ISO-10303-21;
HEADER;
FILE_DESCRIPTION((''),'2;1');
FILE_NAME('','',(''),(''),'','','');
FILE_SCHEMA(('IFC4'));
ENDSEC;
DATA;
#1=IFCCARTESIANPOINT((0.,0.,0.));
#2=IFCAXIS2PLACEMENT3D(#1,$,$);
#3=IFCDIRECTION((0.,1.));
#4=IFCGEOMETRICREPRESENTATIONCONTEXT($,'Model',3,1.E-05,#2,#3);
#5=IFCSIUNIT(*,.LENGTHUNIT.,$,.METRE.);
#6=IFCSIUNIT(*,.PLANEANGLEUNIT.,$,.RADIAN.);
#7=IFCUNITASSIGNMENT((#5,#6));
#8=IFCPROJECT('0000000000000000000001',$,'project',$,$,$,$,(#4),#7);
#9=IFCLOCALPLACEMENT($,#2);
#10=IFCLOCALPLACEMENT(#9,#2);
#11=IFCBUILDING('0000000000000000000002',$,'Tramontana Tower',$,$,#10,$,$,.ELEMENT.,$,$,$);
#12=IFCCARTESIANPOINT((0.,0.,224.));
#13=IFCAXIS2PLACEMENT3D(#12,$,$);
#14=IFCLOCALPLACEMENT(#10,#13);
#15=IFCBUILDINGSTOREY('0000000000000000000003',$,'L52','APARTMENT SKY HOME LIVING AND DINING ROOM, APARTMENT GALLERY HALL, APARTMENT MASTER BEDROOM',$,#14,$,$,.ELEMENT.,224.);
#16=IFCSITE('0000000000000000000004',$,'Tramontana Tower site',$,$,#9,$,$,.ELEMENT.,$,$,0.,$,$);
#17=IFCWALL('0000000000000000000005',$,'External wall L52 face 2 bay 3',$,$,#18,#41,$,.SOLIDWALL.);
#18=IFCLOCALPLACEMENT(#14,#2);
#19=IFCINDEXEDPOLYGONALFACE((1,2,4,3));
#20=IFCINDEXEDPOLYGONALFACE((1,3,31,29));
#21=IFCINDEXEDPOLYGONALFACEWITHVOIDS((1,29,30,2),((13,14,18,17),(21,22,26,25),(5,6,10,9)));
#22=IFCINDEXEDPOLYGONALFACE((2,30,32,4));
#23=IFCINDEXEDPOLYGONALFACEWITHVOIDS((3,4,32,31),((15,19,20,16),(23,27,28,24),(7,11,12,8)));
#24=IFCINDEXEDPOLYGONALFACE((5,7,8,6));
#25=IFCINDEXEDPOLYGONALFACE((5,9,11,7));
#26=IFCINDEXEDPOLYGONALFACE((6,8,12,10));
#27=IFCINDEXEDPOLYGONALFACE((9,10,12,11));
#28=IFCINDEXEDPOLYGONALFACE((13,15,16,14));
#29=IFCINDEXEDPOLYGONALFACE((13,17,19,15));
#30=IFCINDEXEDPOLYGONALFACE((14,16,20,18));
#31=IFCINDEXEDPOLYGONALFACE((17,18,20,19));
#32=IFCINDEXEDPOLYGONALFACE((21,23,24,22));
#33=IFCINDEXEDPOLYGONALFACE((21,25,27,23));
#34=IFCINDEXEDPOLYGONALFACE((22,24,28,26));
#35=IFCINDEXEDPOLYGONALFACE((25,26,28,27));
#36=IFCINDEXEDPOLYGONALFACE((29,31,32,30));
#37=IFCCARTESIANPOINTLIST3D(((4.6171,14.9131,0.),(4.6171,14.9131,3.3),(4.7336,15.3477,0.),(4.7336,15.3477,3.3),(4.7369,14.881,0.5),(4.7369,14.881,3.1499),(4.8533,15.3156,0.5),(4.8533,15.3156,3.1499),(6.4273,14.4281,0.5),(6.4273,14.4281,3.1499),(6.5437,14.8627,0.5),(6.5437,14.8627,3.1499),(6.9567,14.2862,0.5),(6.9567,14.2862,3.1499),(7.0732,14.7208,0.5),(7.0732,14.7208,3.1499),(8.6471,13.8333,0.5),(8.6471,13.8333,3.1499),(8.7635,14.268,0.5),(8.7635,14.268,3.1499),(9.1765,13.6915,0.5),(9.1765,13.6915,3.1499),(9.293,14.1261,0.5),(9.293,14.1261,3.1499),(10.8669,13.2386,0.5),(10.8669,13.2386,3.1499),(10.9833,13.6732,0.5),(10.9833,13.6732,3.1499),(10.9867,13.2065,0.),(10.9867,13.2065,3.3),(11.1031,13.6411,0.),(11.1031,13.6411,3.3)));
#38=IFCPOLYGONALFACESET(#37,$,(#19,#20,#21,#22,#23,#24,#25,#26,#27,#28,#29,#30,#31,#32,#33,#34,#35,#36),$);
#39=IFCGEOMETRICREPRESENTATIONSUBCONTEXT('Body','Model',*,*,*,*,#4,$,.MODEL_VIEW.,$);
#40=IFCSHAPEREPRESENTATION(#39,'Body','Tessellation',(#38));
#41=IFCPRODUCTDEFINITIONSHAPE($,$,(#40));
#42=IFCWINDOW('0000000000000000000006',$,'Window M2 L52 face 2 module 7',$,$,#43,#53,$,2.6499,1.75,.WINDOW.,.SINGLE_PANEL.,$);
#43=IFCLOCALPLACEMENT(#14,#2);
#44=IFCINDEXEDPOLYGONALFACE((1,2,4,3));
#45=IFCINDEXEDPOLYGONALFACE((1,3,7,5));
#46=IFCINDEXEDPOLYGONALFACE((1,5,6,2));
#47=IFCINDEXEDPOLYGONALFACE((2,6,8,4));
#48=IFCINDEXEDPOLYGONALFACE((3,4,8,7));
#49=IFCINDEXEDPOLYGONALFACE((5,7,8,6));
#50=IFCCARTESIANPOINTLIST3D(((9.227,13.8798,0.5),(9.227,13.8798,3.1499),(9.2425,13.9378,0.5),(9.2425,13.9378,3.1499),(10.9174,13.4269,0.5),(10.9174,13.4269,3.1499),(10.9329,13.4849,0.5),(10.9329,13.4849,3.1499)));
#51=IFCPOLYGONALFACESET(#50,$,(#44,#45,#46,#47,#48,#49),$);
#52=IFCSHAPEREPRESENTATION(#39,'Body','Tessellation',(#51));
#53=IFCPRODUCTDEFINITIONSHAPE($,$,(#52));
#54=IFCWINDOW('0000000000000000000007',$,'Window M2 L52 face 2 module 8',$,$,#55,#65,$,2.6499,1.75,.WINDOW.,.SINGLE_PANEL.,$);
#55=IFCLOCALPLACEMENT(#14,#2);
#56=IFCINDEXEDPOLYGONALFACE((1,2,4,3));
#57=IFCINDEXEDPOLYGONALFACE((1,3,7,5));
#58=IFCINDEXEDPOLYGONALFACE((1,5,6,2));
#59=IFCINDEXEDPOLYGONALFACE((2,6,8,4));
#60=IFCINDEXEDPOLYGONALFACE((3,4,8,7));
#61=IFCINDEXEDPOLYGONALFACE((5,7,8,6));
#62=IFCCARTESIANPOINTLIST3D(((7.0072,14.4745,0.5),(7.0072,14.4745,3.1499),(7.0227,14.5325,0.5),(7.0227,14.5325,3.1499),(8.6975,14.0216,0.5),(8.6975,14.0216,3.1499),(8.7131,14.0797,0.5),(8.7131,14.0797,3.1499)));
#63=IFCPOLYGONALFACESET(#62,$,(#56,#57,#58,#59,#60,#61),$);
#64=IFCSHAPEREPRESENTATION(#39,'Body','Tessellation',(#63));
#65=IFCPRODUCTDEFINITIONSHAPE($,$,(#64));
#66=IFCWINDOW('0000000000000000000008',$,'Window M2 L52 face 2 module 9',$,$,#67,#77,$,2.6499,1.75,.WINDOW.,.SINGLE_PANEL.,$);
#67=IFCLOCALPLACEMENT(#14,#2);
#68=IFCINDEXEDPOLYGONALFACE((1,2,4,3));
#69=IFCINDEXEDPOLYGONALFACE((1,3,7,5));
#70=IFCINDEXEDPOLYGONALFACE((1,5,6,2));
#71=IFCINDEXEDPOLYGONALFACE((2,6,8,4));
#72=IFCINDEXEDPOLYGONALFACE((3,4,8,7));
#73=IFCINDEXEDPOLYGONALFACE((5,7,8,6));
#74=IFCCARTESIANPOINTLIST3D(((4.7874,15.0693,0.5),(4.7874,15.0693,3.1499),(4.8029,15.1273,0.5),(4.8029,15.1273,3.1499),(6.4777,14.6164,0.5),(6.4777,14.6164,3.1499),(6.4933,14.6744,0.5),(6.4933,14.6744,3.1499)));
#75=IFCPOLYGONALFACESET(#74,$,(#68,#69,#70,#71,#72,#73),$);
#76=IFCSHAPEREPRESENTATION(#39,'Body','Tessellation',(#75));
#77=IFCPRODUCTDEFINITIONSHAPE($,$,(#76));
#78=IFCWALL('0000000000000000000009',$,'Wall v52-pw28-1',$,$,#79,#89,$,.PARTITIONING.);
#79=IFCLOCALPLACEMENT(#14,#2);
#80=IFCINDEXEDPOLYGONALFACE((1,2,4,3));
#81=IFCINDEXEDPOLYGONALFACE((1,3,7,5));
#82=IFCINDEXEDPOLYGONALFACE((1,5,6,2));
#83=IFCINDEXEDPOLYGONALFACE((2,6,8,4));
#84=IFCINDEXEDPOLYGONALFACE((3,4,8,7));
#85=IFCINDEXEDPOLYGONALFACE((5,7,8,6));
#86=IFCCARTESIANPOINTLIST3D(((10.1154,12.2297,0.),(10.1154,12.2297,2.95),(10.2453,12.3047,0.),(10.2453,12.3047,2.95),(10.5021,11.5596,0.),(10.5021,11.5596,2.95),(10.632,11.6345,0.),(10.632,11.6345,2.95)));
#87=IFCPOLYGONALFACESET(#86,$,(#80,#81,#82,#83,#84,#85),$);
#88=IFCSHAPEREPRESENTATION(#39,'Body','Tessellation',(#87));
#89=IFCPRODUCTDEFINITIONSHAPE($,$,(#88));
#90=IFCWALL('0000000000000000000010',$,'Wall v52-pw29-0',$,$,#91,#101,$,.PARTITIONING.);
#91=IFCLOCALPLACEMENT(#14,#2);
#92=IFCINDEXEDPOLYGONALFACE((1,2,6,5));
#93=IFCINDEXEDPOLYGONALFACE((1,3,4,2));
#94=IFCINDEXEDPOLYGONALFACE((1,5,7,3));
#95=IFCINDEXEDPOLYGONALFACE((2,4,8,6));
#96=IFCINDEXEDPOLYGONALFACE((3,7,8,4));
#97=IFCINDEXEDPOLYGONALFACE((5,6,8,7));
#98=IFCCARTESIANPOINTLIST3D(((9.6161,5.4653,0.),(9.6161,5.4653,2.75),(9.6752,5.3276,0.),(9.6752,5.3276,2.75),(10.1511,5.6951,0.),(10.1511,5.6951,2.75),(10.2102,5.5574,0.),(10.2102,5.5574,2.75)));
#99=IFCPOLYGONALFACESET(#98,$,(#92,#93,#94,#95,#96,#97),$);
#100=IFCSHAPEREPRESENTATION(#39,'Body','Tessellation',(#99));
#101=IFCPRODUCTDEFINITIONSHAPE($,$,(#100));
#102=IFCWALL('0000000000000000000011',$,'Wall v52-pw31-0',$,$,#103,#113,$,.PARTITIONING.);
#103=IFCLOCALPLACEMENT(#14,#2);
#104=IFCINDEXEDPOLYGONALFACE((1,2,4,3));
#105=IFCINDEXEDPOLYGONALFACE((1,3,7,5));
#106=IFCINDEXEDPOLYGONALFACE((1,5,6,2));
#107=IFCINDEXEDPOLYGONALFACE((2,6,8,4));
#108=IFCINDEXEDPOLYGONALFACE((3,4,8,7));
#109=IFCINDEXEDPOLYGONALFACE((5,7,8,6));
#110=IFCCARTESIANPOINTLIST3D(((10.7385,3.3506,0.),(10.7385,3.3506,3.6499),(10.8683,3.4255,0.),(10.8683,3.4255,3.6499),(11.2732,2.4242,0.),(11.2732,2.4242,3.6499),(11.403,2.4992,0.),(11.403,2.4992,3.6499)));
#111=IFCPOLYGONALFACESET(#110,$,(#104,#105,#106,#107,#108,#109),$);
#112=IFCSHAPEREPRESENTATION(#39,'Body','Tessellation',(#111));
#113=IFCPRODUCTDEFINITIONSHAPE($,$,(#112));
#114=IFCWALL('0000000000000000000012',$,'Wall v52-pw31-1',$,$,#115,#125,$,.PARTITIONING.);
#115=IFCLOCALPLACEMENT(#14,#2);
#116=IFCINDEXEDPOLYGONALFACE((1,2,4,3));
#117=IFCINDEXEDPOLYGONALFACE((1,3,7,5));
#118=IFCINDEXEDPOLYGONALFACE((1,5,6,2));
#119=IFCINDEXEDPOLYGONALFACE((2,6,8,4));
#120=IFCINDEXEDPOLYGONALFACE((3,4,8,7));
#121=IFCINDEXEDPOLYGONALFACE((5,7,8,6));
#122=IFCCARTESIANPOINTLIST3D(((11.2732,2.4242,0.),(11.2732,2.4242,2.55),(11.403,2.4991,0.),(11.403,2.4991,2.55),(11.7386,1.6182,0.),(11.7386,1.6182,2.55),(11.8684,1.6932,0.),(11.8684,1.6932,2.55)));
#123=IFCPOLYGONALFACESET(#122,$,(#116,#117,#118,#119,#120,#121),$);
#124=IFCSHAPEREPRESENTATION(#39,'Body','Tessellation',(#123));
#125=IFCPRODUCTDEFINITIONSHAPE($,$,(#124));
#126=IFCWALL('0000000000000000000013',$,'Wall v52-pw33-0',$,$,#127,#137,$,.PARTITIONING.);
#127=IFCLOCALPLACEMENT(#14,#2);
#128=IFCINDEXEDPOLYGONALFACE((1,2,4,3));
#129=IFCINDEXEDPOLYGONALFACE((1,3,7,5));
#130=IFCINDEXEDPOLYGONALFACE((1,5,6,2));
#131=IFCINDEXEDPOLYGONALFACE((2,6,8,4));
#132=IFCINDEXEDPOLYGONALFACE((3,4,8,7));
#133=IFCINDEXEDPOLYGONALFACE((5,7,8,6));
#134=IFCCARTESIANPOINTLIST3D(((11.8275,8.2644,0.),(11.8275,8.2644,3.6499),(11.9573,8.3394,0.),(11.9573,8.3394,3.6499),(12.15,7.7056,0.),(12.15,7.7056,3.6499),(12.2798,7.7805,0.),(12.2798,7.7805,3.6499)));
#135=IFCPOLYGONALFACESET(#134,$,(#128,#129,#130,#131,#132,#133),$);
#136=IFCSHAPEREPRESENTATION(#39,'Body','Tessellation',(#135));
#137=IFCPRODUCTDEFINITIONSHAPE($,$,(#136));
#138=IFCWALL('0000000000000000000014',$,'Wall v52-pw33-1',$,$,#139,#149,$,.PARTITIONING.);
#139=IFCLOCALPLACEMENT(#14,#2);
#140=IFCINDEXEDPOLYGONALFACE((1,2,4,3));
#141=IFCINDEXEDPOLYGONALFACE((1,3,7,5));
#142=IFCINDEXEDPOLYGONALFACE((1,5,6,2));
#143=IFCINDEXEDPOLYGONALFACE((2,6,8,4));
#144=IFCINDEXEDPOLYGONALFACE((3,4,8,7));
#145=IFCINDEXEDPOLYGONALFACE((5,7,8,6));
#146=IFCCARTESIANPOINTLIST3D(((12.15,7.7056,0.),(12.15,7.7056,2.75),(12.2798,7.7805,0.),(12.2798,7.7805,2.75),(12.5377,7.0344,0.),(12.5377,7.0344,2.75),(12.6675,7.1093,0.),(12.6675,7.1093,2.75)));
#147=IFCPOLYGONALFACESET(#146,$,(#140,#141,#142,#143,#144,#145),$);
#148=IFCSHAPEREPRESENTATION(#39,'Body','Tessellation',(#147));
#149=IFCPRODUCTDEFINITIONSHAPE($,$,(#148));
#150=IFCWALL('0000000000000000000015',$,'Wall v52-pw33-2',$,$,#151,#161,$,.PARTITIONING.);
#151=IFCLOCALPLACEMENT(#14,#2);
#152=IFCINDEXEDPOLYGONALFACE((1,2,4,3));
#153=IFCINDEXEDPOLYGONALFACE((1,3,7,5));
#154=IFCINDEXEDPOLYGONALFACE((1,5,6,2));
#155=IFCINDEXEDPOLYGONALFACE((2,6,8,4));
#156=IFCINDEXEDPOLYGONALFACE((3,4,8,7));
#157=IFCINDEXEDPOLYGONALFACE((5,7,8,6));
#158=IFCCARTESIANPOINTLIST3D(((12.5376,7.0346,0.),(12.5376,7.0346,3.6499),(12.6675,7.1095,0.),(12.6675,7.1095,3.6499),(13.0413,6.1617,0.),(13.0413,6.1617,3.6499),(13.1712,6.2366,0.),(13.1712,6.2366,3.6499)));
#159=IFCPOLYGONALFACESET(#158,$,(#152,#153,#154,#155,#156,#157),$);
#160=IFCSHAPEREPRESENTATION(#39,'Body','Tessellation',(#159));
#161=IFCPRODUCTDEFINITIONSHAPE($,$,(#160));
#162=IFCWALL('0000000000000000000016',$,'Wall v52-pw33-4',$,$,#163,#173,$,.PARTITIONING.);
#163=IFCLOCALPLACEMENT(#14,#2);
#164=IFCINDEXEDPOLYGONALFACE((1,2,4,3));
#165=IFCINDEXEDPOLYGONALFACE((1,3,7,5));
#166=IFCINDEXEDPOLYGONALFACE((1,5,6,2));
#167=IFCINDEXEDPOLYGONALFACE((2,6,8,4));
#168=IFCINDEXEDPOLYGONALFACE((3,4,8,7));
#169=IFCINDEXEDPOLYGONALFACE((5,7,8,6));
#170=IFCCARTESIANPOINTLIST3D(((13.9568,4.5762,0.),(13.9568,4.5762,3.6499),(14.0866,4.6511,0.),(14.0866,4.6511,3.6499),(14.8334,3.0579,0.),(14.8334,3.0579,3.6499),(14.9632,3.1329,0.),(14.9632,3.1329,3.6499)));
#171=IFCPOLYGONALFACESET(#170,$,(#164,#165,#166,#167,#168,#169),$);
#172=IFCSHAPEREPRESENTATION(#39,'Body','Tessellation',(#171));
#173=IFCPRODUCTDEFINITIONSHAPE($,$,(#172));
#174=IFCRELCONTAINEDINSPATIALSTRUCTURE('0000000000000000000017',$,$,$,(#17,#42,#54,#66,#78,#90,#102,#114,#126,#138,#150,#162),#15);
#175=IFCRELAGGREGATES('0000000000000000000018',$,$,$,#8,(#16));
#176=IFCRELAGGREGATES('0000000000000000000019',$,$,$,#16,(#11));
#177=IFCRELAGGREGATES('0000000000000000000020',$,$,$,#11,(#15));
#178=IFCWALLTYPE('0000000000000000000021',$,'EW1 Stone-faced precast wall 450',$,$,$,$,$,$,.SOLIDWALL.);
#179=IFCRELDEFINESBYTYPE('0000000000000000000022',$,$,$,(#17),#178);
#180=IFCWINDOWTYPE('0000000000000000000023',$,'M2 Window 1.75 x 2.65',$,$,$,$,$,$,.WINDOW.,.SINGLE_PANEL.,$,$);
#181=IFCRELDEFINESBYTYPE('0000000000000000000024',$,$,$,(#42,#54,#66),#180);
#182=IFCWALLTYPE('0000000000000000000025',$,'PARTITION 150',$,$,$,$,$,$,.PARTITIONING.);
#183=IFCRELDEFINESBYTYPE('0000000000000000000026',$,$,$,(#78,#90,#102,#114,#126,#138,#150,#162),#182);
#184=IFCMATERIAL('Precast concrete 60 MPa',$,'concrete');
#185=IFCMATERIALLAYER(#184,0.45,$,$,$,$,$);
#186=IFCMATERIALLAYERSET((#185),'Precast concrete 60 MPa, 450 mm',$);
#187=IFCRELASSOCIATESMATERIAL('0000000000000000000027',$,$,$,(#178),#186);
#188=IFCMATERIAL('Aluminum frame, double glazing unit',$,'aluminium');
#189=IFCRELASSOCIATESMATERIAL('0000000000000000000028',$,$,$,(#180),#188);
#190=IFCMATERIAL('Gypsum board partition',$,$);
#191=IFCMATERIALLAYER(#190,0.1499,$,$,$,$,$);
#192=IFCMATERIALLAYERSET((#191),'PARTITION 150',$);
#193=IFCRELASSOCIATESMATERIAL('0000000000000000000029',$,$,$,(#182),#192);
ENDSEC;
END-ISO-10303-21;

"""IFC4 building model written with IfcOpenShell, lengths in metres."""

from ifc_helpers import new_model, si_unit, direction, frame, frame_2d, origin, place, context, subcontext, project, spatial, rectangle, extrude, material, layer, layer_set, type_object, element, fill, save


model = new_model("IFC4")

# Units and contexts
model_context = context("Model", 3, precision=1e-05, world=origin(), true_north=direction((0.0, 1.0)))
body_context = subcontext(model_context, "Body", "Model", "MODEL_VIEW")
ifc_project = project(units=[si_unit("LENGTHUNIT", "METRE"), si_unit("PLANEANGLEUNIT", "RADIAN")], contexts=[model_context])

# Site, building, storey
site_placement = place(None, origin())
site = spatial("IfcSite", under=ifc_project, at=site_placement, Name="Tramontana Tower site", CompositionType="ELEMENT", RefElevation=0.0)
building_placement = place(site_placement, origin())
building = spatial("IfcBuilding", under=site, at=building_placement, Name="Tramontana Tower", CompositionType="ELEMENT")
storey_placement = place(building_placement, frame((0.0, 0.0, 224.0)))
storey = spatial("IfcBuildingStorey", under=building, at=storey_placement, Name="L52", Description="APARTMENT SKY HOME LIVING AND DINING ROOM, APARTMENT GALLERY HALL, APARTMENT MASTER BEDROOM", CompositionType="ELEMENT", Elevation=224.0)

# Wall, openings, windows
ifc_material_1 = material(Name="Precast concrete 60 MPa", Category="concrete")
ifc_layer_1 = layer(ifc_material_1, 0.45)
ifc_layer_set_1 = layer_set([ifc_layer_1], Name="Precast concrete 60 MPa, 450 mm")
wall_type_1 = type_object("IfcWallType", Name="EW1 Stone-faced precast wall 450", PredefinedType="SOLIDWALL", material=ifc_layer_set_1)
ifc_material_2 = material(Name="Aluminum frame, double glazing unit", Category="aluminium")
window_type_1 = type_object("IfcWindowType", Name="M2 Window 1.75 x 2.65", PartitioningType="SINGLE_PANEL", PredefinedType="WINDOW", material=ifc_material_2)
wall_1_placement = place(storey_placement, frame((11.0449, 13.4238, 0.0), z_axis=(0.0, 0.0, 1.0), x_axis=(-0.965933, 0.258792, 0.0)))
wall_1 = element("IfcWall", 1, at=wall_1_placement, inside=storey, type_object=wall_type_1, Name="External wall L52 face 2 bay 3", PredefinedType="SOLIDWALL", context=body_context, shape_type="SweptSolid", body=[
    extrude(rectangle(XDim=6.5942, YDim=0.45, at=frame_2d((3.2971, 0.0))), origin(), (0.0, 0.0, 1.0), 3.3),
])
opening_1_placement = place(wall_1_placement, frame((0.124, 0.0, 0.5)))
opening_1 = element("IfcOpeningElement", 2, at=opening_1_placement, cuts=wall_1, PredefinedType="OPENING", context=body_context, shape_type="SweptSolid", body=[
    extrude(rectangle(XDim=1.75, YDim=2.6499, at=frame_2d((0.875, 1.325))), frame((0.0, 0.2349, 0.0), z_axis=(0.0, -1.0, 0.0), x_axis=(1.0, 0.0, 0.0)), (0.0, 0.0, 1.0), 0.47),
])
opening_2_placement = place(wall_1_placement, frame((2.4221, 0.0, 0.5)))
opening_2 = element("IfcOpeningElement", 3, at=opening_2_placement, cuts=wall_1, PredefinedType="OPENING", context=body_context, shape_type="SweptSolid", body=[
    extrude(rectangle(XDim=1.75, YDim=2.6499, at=frame_2d((0.875, 1.325))), frame((0.0, 0.2349, 0.0), z_axis=(0.0, -1.0, 0.0), x_axis=(1.0, 0.0, 0.0)), (0.0, 0.0, 1.0), 0.47),
])
opening_3_placement = place(wall_1_placement, frame((4.7202, 0.0, 0.5)))
opening_3 = element("IfcOpeningElement", 4, at=opening_3_placement, cuts=wall_1, PredefinedType="OPENING", context=body_context, shape_type="SweptSolid", body=[
    extrude(rectangle(XDim=1.75, YDim=2.6499, at=frame_2d((0.875, 1.325))), frame((0.0, 0.2349, 0.0), z_axis=(0.0, -1.0, 0.0), x_axis=(1.0, 0.0, 0.0)), (0.0, 0.0, 1.0), 0.47),
])
window_1_placement = place(opening_1_placement, origin())
window_1 = element("IfcWindow", 5, at=window_1_placement, inside=storey, type_object=window_type_1, Name="Window M2 L52 face 2 module 7", OverallHeight=2.6499, OverallWidth=1.75, PartitioningType="SINGLE_PANEL", PredefinedType="WINDOW", context=body_context, shape_type="SweptSolid", body=[
    extrude(rectangle(XDim=1.75, YDim=2.6499, at=frame_2d((0.875, 1.325))), frame((0.0, 0.03, 0.0), z_axis=(0.0, -1.0, 0.0), x_axis=(1.0, 0.0, 0.0)), (0.0, 0.0, 1.0), 0.0601),
])
fill(opening_1, window_1)
window_2_placement = place(opening_2_placement, origin())
window_2 = element("IfcWindow", 6, at=window_2_placement, inside=storey, type_object=window_type_1, Name="Window M2 L52 face 2 module 8", OverallHeight=2.6499, OverallWidth=1.75, PartitioningType="SINGLE_PANEL", PredefinedType="WINDOW", context=body_context, shape_type="SweptSolid", body=[
    extrude(rectangle(XDim=1.75, YDim=2.6499, at=frame_2d((0.875, 1.325))), frame((0.0, 0.03, 0.0), z_axis=(0.0, -1.0, 0.0), x_axis=(1.0, 0.0, 0.0)), (0.0, 0.0, 1.0), 0.0601),
])
fill(opening_2, window_2)
window_3_placement = place(opening_3_placement, origin())
window_3 = element("IfcWindow", 7, at=window_3_placement, inside=storey, type_object=window_type_1, Name="Window M2 L52 face 2 module 9", OverallHeight=2.6499, OverallWidth=1.75, PartitioningType="SINGLE_PANEL", PredefinedType="WINDOW", context=body_context, shape_type="SweptSolid", body=[
    extrude(rectangle(XDim=1.75, YDim=2.6499, at=frame_2d((0.875, 1.325))), frame((0.0, 0.03, 0.0), z_axis=(0.0, -1.0, 0.0), x_axis=(1.0, 0.0, 0.0)), (0.0, 0.0, 1.0), 0.0601),
])
fill(opening_3, window_3)

# Walls
ifc_material_3 = material(Name="Gypsum board partition")
ifc_layer_2 = layer(ifc_material_3, 0.1499)
ifc_layer_set_2 = layer_set([ifc_layer_2], Name="PARTITION 150")
wall_type_2 = type_object("IfcWallType", Name="PARTITION 150", PredefinedType="PARTITIONING", material=ifc_layer_set_2)
wall_2_placement = place(storey_placement, frame((10.1804, 12.2671, 0.0), z_axis=(0.0, 0.0, 1.0), x_axis=(0.499804, -0.866138, 0.0)))
element("IfcWall", 8, at=wall_2_placement, inside=storey, type_object=wall_type_2, Name="Wall v52-pw28-1", PredefinedType="PARTITIONING", context=body_context, shape_type="SweptSolid", body=[
    extrude(rectangle(XDim=0.7737, YDim=0.1499, at=frame_2d((0.3867, 0.0))), origin(), (0.0, 0.0, 1.0), 2.95),
])
wall_3_placement = place(storey_placement, frame((9.6458, 5.3965, 0.0), z_axis=(0.0, 0.0, 1.0), x_axis=(0.918841, 0.394628, 0.0)))
element("IfcWall", 9, at=wall_3_placement, inside=storey, type_object=wall_type_2, Name="Wall v52-pw29-0", PredefinedType="PARTITIONING", context=body_context, shape_type="SweptSolid", body=[
    extrude(rectangle(XDim=0.5823, YDim=0.1499, at=frame_2d((0.291, 0.0))), origin(), (0.0, 0.0, 1.0), 2.75),
])

# Walls
wall_4_placement = place(storey_placement, frame((10.8035, 3.3879, 0.0), z_axis=(0.0, 0.0, 1.0), x_axis=(0.49992, -0.866072, 0.0)))
element("IfcWall", 10, at=wall_4_placement, inside=storey, type_object=wall_type_2, Name="Wall v52-pw31-0", PredefinedType="PARTITIONING", context=body_context, shape_type="SweptSolid", body=[
    extrude(rectangle(XDim=1.0696, YDim=0.1499, at=frame_2d((0.5347, 0.0))), origin(), (0.0, 0.0, 1.0), 3.6499),
])
wall_5_placement = place(storey_placement, frame((11.3381, 2.4617, 0.0), z_axis=(0.0, 0.0, 1.0), x_axis=(0.500033, -0.866006, 0.0)))
element("IfcWall", 11, at=wall_5_placement, inside=storey, type_object=wall_type_2, Name="Wall v52-pw31-1", PredefinedType="PARTITIONING", context=body_context, shape_type="SweptSolid", body=[
    extrude(rectangle(XDim=0.9307, YDim=0.1499, at=frame_2d((0.4653, 0.0))), origin(), (0.0, 0.0, 1.0), 2.55),
])
wall_6_placement = place(storey_placement, frame((11.8923, 8.302, 0.0), z_axis=(0.0, 0.0, 1.0), x_axis=(0.499843, -0.866116, 0.0)))
element("IfcWall", 12, at=wall_6_placement, inside=storey, type_object=wall_type_2, Name="Wall v52-pw33-0", PredefinedType="PARTITIONING", context=body_context, shape_type="SweptSolid", body=[
    extrude(rectangle(XDim=0.6453, YDim=0.1499, at=frame_2d((0.3228, 0.0))), origin(), (0.0, 0.0, 1.0), 3.6499),
])
wall_7_placement = place(storey_placement, frame((12.2148, 7.7432, 0.0), z_axis=(0.0, 0.0, 1.0), x_axis=(0.500204, -0.865908, 0.0)))
element("IfcWall", 13, at=wall_7_placement, inside=storey, type_object=wall_type_2, Name="Wall v52-pw33-1", PredefinedType="PARTITIONING", context=body_context, shape_type="SweptSolid", body=[
    extrude(rectangle(XDim=0.7751, YDim=0.1499, at=frame_2d((0.3877, 0.0))), origin(), (0.0, 0.0, 1.0), 2.75),
])
wall_8_placement = place(storey_placement, frame((12.6025, 7.072, 0.0), z_axis=(0.0, 0.0, 1.0), x_axis=(0.499813, -0.866133, 0.0)))
element("IfcWall", 14, at=wall_8_placement, inside=storey, type_object=wall_type_2, Name="Wall v52-pw33-2", PredefinedType="PARTITIONING", context=body_context, shape_type="SweptSolid", body=[
    extrude(rectangle(XDim=1.0078, YDim=0.1499, at=frame_2d((0.5039, 0.0))), origin(), (0.0, 0.0, 1.0), 3.6499),
])

# Wall
wall_9_placement = place(storey_placement, frame((14.0217, 4.6135, 0.0), z_axis=(0.0, 0.0, 1.0), x_axis=(0.500048, -0.865998, 0.0)))
element("IfcWall", 15, at=wall_9_placement, inside=storey, type_object=wall_type_2, Name="Wall v52-pw33-4", PredefinedType="PARTITIONING", context=body_context, shape_type="SweptSolid", body=[
    extrude(rectangle(XDim=1.7532, YDim=0.1499, at=frame_2d((0.8765, 0.0))), origin(), (0.0, 0.0, 1.0), 3.6499),
])

save(model, "model.ifc")
